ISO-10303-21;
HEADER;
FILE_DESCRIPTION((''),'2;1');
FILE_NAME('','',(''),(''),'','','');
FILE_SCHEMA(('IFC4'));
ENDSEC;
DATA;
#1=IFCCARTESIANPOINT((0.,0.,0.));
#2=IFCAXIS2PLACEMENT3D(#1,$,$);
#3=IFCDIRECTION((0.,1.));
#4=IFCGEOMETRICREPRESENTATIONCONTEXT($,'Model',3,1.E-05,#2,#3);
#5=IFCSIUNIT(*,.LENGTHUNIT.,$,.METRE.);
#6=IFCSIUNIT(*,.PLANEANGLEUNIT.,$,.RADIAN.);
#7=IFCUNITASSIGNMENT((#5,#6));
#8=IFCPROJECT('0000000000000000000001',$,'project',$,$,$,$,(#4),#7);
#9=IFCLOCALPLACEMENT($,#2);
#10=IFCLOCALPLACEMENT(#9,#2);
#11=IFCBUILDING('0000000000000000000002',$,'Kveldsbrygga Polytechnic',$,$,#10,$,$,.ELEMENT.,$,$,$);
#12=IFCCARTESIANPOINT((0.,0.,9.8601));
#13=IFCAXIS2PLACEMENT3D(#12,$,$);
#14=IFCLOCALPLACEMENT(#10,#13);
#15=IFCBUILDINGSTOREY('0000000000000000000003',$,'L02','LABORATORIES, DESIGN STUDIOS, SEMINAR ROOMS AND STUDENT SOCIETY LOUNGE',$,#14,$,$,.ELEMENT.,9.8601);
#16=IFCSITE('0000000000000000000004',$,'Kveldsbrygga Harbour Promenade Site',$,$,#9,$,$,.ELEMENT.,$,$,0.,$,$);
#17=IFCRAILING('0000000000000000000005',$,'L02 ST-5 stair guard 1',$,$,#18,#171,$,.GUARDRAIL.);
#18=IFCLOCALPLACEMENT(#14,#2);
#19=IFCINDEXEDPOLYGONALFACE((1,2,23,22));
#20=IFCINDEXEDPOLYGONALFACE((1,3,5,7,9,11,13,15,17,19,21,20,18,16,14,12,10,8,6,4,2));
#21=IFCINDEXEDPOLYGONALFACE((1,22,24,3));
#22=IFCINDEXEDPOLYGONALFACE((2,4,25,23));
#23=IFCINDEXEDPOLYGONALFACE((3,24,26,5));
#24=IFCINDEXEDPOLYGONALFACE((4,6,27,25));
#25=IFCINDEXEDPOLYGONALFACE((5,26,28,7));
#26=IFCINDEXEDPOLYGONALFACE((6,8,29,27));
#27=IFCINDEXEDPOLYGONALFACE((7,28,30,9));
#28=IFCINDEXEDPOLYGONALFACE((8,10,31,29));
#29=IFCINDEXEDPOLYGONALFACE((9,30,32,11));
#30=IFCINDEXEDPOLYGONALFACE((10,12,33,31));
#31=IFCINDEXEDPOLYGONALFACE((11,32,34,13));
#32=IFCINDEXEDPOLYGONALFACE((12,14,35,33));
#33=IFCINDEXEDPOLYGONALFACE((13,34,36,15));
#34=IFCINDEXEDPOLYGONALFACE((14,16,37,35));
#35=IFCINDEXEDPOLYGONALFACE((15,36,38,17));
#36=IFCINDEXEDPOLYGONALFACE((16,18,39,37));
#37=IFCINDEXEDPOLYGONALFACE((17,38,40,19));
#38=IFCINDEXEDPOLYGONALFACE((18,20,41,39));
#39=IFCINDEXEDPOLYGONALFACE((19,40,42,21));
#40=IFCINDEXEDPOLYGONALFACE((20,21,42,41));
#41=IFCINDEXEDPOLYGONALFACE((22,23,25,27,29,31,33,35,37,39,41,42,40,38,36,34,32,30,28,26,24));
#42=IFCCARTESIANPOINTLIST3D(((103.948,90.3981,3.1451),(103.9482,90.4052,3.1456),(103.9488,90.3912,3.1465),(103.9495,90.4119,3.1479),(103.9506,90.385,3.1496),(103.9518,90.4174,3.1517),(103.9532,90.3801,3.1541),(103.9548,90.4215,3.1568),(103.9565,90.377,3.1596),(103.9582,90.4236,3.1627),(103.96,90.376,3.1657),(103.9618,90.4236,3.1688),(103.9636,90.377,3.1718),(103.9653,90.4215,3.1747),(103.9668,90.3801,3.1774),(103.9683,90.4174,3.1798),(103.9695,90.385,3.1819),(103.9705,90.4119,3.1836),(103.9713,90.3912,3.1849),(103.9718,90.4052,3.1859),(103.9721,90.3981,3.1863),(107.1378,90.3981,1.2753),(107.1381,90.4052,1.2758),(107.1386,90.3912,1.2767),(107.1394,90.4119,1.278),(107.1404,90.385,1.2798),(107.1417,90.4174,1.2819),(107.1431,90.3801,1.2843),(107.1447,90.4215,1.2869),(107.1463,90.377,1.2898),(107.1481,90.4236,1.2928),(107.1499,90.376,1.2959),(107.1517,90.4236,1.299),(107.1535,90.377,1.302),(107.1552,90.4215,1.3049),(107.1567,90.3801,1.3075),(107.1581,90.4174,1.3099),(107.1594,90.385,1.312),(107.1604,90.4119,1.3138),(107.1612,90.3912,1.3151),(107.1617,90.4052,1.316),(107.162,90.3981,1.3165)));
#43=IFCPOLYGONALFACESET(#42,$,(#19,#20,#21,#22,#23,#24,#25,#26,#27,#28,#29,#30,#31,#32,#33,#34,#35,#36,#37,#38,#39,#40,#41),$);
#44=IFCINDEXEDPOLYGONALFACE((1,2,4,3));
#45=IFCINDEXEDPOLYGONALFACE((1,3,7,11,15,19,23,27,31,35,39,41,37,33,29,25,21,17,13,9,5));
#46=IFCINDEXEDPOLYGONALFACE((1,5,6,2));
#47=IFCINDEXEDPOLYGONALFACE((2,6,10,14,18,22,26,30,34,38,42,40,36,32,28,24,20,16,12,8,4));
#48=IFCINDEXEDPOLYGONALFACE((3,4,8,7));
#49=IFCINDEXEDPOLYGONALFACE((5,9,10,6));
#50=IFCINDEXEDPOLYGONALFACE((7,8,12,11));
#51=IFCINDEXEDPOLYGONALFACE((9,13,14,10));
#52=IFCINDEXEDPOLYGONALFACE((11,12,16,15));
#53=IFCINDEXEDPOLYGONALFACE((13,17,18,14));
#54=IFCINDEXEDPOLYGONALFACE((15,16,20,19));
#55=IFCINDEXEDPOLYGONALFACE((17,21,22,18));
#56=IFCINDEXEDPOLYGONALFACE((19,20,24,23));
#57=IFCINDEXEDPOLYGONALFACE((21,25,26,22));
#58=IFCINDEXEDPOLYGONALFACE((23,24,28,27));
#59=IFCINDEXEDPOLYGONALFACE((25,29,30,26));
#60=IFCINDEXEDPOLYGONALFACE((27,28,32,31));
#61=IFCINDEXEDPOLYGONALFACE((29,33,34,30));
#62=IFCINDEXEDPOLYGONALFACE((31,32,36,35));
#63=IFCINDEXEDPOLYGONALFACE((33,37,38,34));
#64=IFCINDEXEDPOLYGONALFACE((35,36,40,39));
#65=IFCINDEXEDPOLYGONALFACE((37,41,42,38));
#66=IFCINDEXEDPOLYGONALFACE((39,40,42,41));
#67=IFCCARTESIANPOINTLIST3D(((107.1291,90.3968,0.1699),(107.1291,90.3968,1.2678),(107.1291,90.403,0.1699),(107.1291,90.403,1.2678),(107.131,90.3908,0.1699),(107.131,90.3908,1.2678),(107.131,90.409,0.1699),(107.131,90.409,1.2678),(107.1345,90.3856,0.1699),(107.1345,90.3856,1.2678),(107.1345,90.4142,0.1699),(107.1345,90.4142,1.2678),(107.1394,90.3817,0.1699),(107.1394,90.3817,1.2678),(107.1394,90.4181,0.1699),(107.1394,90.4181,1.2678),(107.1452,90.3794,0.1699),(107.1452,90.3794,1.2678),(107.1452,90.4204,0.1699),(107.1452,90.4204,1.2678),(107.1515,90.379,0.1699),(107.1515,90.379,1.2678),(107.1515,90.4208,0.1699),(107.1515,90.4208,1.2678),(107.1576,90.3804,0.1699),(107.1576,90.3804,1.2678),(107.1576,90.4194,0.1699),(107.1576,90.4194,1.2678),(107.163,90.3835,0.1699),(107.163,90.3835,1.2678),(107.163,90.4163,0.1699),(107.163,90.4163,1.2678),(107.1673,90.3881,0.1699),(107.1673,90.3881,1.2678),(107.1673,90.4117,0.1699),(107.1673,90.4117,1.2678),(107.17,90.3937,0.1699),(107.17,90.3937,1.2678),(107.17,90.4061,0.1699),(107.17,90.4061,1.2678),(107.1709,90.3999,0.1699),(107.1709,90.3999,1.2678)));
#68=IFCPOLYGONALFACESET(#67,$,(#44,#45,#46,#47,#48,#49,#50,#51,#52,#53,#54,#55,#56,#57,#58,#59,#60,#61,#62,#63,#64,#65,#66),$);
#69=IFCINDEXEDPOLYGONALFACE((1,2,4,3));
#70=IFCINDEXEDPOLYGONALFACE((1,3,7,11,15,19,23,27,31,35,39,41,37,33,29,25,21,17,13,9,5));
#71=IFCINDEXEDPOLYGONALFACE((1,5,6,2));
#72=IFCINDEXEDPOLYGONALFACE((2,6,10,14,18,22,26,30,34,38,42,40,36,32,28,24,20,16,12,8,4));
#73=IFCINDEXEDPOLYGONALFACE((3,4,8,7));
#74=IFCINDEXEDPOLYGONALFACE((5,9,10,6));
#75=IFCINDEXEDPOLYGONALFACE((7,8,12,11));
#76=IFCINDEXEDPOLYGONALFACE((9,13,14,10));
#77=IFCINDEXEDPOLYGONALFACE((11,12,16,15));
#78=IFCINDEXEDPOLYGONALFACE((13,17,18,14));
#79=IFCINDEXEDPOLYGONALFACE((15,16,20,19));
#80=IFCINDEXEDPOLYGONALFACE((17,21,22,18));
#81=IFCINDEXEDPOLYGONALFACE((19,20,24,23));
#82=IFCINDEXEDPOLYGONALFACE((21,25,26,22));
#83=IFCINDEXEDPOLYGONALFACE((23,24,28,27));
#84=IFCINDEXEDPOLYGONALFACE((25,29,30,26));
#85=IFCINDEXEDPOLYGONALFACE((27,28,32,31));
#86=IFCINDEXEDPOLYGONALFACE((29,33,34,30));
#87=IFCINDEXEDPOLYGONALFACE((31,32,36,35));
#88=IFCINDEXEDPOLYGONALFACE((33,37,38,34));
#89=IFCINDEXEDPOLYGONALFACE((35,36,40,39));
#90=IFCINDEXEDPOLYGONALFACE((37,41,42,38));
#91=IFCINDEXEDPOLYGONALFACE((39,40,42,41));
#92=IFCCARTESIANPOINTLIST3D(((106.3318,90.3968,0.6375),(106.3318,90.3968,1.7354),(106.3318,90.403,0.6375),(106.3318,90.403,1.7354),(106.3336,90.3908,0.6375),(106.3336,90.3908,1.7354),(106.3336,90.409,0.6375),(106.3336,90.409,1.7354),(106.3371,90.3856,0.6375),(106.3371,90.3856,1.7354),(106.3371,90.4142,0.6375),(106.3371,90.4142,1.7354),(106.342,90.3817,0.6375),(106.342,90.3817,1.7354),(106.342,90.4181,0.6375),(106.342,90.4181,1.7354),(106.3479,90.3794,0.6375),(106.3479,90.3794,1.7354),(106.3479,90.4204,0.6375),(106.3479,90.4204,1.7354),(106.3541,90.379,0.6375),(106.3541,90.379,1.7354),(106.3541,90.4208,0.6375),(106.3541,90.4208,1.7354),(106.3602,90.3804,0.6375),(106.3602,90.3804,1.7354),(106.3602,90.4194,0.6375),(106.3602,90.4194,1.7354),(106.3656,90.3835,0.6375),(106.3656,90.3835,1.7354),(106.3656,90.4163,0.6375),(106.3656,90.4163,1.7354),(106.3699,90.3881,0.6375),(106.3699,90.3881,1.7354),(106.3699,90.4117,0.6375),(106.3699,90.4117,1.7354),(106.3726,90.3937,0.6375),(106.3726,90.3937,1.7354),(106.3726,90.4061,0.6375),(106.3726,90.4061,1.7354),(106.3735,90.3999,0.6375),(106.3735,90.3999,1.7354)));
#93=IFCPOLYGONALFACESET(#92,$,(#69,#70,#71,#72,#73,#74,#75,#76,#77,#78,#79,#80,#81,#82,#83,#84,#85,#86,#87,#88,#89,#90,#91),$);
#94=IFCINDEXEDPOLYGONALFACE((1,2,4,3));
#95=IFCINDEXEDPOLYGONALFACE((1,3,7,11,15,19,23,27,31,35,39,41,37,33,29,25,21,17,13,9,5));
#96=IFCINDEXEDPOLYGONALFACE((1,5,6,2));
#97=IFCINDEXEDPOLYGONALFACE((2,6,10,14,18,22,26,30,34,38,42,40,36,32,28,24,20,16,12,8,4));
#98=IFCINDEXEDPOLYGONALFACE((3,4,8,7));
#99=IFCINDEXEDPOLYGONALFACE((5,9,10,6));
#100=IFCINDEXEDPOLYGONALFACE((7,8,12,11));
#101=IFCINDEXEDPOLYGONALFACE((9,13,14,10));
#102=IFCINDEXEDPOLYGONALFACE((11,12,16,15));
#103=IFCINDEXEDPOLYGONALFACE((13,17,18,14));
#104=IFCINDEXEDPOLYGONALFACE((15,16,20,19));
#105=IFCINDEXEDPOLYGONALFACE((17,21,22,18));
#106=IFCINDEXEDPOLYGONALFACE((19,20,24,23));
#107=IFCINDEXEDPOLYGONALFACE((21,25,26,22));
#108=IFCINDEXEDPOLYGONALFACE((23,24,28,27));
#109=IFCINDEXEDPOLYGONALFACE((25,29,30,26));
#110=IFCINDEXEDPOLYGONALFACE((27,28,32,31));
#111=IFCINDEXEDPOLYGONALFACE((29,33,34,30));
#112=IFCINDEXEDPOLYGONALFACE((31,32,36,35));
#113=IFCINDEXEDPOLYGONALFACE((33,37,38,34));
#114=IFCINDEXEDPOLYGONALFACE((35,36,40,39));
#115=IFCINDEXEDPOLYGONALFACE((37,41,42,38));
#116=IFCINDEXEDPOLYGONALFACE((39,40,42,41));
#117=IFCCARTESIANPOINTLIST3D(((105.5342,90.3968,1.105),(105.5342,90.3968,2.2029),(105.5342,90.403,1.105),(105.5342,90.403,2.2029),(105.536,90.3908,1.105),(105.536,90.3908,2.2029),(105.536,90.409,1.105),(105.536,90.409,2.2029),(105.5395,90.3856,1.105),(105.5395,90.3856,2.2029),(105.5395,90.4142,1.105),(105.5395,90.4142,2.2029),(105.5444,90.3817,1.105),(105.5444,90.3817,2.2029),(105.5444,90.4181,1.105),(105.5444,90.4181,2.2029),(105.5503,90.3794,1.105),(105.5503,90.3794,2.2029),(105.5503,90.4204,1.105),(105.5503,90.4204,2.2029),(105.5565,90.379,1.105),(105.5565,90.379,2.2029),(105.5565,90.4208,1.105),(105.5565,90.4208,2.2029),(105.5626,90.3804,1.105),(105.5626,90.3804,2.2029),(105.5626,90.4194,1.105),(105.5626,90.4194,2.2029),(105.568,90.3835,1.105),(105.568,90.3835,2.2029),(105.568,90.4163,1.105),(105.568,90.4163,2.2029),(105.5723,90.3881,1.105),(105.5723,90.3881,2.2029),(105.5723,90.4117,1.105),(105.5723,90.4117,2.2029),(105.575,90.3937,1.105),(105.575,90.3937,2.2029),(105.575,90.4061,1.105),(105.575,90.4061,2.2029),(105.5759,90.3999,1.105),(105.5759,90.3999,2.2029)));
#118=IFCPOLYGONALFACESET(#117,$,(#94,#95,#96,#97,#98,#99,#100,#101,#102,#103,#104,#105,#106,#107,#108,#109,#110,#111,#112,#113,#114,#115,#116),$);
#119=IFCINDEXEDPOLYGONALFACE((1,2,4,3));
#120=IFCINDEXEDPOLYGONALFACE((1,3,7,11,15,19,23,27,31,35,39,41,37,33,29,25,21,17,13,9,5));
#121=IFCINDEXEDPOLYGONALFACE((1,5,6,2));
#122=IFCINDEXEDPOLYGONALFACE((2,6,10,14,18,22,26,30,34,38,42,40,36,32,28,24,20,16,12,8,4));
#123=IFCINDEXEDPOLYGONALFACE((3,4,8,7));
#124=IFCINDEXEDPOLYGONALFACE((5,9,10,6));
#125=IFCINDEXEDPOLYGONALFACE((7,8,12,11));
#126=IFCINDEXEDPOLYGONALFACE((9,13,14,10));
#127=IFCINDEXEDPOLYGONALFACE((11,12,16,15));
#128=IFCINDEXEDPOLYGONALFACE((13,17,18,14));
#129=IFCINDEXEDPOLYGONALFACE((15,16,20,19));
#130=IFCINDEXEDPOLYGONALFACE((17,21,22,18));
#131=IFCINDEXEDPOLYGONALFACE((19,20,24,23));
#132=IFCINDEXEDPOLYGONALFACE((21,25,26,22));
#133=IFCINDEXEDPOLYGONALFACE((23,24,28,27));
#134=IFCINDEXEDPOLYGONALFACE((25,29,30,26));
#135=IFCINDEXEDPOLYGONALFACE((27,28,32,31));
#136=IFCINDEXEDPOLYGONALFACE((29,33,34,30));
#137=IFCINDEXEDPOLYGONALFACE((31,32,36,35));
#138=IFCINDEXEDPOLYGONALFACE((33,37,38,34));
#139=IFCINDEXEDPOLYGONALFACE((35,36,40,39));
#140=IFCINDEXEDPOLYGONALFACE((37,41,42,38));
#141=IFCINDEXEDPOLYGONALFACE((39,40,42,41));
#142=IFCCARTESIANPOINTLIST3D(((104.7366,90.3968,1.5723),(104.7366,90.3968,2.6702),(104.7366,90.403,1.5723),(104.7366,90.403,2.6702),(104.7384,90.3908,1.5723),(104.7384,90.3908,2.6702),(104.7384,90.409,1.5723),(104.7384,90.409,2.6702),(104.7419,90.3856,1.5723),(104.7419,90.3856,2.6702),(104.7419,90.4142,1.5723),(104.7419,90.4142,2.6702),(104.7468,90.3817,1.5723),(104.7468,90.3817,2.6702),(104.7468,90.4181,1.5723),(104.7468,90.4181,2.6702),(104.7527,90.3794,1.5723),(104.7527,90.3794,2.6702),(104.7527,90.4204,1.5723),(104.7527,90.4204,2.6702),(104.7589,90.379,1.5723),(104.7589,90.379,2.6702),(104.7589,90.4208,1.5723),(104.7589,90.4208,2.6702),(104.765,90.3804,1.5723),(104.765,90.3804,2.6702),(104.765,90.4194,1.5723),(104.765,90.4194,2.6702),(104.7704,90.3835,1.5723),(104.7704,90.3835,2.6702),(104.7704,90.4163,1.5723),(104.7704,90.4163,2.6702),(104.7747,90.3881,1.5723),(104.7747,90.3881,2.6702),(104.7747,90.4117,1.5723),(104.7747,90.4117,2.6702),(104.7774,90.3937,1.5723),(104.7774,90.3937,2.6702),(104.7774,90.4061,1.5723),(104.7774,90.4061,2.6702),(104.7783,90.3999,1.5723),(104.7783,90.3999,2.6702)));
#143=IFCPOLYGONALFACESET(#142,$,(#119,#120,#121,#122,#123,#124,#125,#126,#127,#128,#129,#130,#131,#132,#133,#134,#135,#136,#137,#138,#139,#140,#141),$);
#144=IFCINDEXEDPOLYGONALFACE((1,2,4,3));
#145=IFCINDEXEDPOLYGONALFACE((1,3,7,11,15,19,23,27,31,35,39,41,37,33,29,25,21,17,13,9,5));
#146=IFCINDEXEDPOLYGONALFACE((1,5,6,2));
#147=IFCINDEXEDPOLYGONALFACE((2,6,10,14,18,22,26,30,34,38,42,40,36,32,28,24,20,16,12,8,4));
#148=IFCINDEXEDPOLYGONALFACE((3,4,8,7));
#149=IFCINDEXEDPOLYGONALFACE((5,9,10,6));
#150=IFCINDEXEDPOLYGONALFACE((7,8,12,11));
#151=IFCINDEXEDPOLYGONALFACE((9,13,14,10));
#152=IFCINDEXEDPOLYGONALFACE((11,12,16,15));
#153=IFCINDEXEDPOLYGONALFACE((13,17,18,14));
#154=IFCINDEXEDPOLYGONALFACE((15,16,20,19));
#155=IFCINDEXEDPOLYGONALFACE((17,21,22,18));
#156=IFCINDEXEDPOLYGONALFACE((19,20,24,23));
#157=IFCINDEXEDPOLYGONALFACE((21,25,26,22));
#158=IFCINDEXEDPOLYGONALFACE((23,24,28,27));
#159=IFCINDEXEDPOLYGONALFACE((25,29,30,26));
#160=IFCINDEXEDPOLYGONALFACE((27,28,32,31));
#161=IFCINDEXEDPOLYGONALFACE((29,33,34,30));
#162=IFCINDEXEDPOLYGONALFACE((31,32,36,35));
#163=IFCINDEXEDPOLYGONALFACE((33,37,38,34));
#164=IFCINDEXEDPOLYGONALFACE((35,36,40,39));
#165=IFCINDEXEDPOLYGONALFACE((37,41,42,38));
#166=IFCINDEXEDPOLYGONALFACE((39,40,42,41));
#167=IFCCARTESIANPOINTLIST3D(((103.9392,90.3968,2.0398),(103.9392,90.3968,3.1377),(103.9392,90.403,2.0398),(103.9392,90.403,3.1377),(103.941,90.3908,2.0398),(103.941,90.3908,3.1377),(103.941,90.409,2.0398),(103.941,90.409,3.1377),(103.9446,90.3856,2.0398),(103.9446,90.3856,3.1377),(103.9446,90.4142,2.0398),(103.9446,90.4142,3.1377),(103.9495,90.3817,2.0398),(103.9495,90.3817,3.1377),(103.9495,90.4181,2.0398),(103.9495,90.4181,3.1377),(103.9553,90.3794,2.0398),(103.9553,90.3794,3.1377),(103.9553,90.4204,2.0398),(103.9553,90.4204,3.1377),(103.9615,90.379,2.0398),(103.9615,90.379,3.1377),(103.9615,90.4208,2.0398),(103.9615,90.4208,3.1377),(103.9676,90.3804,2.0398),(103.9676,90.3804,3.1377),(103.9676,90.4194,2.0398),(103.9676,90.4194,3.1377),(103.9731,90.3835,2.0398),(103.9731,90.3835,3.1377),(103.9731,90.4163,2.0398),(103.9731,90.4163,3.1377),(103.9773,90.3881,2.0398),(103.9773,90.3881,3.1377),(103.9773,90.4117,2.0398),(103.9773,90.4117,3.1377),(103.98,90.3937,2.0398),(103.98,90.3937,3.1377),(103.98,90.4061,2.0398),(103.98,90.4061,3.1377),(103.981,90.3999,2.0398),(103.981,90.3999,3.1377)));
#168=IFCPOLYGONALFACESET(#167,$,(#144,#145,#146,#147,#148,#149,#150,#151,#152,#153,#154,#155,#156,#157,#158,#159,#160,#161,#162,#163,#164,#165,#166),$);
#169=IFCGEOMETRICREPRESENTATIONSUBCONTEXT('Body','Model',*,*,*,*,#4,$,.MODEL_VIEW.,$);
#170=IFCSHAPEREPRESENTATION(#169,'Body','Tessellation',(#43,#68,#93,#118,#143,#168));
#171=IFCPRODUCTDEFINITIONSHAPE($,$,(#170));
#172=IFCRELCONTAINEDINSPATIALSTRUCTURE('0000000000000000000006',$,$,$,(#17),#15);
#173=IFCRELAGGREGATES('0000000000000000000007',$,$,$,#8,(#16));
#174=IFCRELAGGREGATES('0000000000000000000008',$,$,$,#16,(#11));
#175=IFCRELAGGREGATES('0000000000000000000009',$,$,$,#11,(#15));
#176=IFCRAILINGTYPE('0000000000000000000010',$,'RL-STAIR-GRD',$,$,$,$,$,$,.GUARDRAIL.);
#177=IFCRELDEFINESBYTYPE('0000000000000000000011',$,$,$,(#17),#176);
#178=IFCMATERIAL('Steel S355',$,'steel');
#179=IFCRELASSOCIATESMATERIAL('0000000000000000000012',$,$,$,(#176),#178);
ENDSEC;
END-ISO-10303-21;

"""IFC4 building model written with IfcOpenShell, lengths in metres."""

from ifc_helpers import new_model, si_unit, direction, frame, origin, origin_2d, place, context, subcontext, project, spatial, circle, extrude, material, type_object, element, save


model = new_model("IFC4")

# Units and contexts
model_context = context("Model", 3, precision=1e-05, world=origin(), true_north=direction((0.0, 1.0)))
body_context = subcontext(model_context, "Body", "Model", "MODEL_VIEW")
ifc_project = project(units=[si_unit("LENGTHUNIT", "METRE"), si_unit("PLANEANGLEUNIT", "RADIAN")], contexts=[model_context])

# Site, building, storey
site_placement = place(None, origin())
site = spatial("IfcSite", under=ifc_project, at=site_placement, Name="Kveldsbrygga Harbour Promenade Site", CompositionType="ELEMENT", RefElevation=0.0)
building_placement = place(site_placement, origin())
building = spatial("IfcBuilding", under=site, at=building_placement, Name="Kveldsbrygga Polytechnic", CompositionType="ELEMENT")
storey_placement = place(building_placement, frame((0.0, 0.0, 9.8601)))
storey = spatial("IfcBuildingStorey", under=building, at=storey_placement, Name="L02", Description="LABORATORIES, DESIGN STUDIOS, SEMINAR ROOMS AND STUDENT SOCIETY LOUNGE", CompositionType="ELEMENT", Elevation=9.8601)

# Shared definitions
ifc_material_1 = material(Name="Steel S355", Category="steel")

# Railing
railing_type_1 = type_object("IfcRailingType", Name="RL-STAIR-GRD", PredefinedType="GUARDRAIL", material=ifc_material_1)
railing_1_placement = place(storey_placement, frame((107.1499, 90.3999, 0.1699)))
element("IfcRailing", 1, at=railing_1_placement, inside=storey, type_object=railing_type_1, Name="L02 ST-5 stair guard 1", PredefinedType="GUARDRAIL", context=body_context, shape_type="SweptSolid", body=[
    extrude(circle(Radius=0.0239, at=origin_2d()), frame((0.0, 0.0, 1.126), z_axis=(-0.862709, 0.0, 0.505701), x_axis=(0.0, -1.0, 0.0)), (0.0, 0.0, 1.0), 3.6975),
    extrude(circle(Radius=0.021, at=origin_2d()), origin(), (0.0, 0.0, 1.0), 1.0979),
    extrude(circle(Radius=0.021, at=origin_2d()), frame((-0.7974, 0.0, 0.4675)), (0.0, 0.0, 1.0), 1.0979),
    extrude(circle(Radius=0.021, at=origin_2d()), frame((-1.595, 0.0, 0.9351)), (0.0, 0.0, 1.0), 1.0979),
    extrude(circle(Radius=0.021, at=origin_2d()), frame((-2.3926, 0.0, 1.4023)), (0.0, 0.0, 1.0), 1.0979),
    extrude(circle(Radius=0.021, at=origin_2d()), frame((-3.1899, 0.0, 1.8699)), (0.0, 0.0, 1.0), 1.0979),
])

save(model, "model.ifc")
